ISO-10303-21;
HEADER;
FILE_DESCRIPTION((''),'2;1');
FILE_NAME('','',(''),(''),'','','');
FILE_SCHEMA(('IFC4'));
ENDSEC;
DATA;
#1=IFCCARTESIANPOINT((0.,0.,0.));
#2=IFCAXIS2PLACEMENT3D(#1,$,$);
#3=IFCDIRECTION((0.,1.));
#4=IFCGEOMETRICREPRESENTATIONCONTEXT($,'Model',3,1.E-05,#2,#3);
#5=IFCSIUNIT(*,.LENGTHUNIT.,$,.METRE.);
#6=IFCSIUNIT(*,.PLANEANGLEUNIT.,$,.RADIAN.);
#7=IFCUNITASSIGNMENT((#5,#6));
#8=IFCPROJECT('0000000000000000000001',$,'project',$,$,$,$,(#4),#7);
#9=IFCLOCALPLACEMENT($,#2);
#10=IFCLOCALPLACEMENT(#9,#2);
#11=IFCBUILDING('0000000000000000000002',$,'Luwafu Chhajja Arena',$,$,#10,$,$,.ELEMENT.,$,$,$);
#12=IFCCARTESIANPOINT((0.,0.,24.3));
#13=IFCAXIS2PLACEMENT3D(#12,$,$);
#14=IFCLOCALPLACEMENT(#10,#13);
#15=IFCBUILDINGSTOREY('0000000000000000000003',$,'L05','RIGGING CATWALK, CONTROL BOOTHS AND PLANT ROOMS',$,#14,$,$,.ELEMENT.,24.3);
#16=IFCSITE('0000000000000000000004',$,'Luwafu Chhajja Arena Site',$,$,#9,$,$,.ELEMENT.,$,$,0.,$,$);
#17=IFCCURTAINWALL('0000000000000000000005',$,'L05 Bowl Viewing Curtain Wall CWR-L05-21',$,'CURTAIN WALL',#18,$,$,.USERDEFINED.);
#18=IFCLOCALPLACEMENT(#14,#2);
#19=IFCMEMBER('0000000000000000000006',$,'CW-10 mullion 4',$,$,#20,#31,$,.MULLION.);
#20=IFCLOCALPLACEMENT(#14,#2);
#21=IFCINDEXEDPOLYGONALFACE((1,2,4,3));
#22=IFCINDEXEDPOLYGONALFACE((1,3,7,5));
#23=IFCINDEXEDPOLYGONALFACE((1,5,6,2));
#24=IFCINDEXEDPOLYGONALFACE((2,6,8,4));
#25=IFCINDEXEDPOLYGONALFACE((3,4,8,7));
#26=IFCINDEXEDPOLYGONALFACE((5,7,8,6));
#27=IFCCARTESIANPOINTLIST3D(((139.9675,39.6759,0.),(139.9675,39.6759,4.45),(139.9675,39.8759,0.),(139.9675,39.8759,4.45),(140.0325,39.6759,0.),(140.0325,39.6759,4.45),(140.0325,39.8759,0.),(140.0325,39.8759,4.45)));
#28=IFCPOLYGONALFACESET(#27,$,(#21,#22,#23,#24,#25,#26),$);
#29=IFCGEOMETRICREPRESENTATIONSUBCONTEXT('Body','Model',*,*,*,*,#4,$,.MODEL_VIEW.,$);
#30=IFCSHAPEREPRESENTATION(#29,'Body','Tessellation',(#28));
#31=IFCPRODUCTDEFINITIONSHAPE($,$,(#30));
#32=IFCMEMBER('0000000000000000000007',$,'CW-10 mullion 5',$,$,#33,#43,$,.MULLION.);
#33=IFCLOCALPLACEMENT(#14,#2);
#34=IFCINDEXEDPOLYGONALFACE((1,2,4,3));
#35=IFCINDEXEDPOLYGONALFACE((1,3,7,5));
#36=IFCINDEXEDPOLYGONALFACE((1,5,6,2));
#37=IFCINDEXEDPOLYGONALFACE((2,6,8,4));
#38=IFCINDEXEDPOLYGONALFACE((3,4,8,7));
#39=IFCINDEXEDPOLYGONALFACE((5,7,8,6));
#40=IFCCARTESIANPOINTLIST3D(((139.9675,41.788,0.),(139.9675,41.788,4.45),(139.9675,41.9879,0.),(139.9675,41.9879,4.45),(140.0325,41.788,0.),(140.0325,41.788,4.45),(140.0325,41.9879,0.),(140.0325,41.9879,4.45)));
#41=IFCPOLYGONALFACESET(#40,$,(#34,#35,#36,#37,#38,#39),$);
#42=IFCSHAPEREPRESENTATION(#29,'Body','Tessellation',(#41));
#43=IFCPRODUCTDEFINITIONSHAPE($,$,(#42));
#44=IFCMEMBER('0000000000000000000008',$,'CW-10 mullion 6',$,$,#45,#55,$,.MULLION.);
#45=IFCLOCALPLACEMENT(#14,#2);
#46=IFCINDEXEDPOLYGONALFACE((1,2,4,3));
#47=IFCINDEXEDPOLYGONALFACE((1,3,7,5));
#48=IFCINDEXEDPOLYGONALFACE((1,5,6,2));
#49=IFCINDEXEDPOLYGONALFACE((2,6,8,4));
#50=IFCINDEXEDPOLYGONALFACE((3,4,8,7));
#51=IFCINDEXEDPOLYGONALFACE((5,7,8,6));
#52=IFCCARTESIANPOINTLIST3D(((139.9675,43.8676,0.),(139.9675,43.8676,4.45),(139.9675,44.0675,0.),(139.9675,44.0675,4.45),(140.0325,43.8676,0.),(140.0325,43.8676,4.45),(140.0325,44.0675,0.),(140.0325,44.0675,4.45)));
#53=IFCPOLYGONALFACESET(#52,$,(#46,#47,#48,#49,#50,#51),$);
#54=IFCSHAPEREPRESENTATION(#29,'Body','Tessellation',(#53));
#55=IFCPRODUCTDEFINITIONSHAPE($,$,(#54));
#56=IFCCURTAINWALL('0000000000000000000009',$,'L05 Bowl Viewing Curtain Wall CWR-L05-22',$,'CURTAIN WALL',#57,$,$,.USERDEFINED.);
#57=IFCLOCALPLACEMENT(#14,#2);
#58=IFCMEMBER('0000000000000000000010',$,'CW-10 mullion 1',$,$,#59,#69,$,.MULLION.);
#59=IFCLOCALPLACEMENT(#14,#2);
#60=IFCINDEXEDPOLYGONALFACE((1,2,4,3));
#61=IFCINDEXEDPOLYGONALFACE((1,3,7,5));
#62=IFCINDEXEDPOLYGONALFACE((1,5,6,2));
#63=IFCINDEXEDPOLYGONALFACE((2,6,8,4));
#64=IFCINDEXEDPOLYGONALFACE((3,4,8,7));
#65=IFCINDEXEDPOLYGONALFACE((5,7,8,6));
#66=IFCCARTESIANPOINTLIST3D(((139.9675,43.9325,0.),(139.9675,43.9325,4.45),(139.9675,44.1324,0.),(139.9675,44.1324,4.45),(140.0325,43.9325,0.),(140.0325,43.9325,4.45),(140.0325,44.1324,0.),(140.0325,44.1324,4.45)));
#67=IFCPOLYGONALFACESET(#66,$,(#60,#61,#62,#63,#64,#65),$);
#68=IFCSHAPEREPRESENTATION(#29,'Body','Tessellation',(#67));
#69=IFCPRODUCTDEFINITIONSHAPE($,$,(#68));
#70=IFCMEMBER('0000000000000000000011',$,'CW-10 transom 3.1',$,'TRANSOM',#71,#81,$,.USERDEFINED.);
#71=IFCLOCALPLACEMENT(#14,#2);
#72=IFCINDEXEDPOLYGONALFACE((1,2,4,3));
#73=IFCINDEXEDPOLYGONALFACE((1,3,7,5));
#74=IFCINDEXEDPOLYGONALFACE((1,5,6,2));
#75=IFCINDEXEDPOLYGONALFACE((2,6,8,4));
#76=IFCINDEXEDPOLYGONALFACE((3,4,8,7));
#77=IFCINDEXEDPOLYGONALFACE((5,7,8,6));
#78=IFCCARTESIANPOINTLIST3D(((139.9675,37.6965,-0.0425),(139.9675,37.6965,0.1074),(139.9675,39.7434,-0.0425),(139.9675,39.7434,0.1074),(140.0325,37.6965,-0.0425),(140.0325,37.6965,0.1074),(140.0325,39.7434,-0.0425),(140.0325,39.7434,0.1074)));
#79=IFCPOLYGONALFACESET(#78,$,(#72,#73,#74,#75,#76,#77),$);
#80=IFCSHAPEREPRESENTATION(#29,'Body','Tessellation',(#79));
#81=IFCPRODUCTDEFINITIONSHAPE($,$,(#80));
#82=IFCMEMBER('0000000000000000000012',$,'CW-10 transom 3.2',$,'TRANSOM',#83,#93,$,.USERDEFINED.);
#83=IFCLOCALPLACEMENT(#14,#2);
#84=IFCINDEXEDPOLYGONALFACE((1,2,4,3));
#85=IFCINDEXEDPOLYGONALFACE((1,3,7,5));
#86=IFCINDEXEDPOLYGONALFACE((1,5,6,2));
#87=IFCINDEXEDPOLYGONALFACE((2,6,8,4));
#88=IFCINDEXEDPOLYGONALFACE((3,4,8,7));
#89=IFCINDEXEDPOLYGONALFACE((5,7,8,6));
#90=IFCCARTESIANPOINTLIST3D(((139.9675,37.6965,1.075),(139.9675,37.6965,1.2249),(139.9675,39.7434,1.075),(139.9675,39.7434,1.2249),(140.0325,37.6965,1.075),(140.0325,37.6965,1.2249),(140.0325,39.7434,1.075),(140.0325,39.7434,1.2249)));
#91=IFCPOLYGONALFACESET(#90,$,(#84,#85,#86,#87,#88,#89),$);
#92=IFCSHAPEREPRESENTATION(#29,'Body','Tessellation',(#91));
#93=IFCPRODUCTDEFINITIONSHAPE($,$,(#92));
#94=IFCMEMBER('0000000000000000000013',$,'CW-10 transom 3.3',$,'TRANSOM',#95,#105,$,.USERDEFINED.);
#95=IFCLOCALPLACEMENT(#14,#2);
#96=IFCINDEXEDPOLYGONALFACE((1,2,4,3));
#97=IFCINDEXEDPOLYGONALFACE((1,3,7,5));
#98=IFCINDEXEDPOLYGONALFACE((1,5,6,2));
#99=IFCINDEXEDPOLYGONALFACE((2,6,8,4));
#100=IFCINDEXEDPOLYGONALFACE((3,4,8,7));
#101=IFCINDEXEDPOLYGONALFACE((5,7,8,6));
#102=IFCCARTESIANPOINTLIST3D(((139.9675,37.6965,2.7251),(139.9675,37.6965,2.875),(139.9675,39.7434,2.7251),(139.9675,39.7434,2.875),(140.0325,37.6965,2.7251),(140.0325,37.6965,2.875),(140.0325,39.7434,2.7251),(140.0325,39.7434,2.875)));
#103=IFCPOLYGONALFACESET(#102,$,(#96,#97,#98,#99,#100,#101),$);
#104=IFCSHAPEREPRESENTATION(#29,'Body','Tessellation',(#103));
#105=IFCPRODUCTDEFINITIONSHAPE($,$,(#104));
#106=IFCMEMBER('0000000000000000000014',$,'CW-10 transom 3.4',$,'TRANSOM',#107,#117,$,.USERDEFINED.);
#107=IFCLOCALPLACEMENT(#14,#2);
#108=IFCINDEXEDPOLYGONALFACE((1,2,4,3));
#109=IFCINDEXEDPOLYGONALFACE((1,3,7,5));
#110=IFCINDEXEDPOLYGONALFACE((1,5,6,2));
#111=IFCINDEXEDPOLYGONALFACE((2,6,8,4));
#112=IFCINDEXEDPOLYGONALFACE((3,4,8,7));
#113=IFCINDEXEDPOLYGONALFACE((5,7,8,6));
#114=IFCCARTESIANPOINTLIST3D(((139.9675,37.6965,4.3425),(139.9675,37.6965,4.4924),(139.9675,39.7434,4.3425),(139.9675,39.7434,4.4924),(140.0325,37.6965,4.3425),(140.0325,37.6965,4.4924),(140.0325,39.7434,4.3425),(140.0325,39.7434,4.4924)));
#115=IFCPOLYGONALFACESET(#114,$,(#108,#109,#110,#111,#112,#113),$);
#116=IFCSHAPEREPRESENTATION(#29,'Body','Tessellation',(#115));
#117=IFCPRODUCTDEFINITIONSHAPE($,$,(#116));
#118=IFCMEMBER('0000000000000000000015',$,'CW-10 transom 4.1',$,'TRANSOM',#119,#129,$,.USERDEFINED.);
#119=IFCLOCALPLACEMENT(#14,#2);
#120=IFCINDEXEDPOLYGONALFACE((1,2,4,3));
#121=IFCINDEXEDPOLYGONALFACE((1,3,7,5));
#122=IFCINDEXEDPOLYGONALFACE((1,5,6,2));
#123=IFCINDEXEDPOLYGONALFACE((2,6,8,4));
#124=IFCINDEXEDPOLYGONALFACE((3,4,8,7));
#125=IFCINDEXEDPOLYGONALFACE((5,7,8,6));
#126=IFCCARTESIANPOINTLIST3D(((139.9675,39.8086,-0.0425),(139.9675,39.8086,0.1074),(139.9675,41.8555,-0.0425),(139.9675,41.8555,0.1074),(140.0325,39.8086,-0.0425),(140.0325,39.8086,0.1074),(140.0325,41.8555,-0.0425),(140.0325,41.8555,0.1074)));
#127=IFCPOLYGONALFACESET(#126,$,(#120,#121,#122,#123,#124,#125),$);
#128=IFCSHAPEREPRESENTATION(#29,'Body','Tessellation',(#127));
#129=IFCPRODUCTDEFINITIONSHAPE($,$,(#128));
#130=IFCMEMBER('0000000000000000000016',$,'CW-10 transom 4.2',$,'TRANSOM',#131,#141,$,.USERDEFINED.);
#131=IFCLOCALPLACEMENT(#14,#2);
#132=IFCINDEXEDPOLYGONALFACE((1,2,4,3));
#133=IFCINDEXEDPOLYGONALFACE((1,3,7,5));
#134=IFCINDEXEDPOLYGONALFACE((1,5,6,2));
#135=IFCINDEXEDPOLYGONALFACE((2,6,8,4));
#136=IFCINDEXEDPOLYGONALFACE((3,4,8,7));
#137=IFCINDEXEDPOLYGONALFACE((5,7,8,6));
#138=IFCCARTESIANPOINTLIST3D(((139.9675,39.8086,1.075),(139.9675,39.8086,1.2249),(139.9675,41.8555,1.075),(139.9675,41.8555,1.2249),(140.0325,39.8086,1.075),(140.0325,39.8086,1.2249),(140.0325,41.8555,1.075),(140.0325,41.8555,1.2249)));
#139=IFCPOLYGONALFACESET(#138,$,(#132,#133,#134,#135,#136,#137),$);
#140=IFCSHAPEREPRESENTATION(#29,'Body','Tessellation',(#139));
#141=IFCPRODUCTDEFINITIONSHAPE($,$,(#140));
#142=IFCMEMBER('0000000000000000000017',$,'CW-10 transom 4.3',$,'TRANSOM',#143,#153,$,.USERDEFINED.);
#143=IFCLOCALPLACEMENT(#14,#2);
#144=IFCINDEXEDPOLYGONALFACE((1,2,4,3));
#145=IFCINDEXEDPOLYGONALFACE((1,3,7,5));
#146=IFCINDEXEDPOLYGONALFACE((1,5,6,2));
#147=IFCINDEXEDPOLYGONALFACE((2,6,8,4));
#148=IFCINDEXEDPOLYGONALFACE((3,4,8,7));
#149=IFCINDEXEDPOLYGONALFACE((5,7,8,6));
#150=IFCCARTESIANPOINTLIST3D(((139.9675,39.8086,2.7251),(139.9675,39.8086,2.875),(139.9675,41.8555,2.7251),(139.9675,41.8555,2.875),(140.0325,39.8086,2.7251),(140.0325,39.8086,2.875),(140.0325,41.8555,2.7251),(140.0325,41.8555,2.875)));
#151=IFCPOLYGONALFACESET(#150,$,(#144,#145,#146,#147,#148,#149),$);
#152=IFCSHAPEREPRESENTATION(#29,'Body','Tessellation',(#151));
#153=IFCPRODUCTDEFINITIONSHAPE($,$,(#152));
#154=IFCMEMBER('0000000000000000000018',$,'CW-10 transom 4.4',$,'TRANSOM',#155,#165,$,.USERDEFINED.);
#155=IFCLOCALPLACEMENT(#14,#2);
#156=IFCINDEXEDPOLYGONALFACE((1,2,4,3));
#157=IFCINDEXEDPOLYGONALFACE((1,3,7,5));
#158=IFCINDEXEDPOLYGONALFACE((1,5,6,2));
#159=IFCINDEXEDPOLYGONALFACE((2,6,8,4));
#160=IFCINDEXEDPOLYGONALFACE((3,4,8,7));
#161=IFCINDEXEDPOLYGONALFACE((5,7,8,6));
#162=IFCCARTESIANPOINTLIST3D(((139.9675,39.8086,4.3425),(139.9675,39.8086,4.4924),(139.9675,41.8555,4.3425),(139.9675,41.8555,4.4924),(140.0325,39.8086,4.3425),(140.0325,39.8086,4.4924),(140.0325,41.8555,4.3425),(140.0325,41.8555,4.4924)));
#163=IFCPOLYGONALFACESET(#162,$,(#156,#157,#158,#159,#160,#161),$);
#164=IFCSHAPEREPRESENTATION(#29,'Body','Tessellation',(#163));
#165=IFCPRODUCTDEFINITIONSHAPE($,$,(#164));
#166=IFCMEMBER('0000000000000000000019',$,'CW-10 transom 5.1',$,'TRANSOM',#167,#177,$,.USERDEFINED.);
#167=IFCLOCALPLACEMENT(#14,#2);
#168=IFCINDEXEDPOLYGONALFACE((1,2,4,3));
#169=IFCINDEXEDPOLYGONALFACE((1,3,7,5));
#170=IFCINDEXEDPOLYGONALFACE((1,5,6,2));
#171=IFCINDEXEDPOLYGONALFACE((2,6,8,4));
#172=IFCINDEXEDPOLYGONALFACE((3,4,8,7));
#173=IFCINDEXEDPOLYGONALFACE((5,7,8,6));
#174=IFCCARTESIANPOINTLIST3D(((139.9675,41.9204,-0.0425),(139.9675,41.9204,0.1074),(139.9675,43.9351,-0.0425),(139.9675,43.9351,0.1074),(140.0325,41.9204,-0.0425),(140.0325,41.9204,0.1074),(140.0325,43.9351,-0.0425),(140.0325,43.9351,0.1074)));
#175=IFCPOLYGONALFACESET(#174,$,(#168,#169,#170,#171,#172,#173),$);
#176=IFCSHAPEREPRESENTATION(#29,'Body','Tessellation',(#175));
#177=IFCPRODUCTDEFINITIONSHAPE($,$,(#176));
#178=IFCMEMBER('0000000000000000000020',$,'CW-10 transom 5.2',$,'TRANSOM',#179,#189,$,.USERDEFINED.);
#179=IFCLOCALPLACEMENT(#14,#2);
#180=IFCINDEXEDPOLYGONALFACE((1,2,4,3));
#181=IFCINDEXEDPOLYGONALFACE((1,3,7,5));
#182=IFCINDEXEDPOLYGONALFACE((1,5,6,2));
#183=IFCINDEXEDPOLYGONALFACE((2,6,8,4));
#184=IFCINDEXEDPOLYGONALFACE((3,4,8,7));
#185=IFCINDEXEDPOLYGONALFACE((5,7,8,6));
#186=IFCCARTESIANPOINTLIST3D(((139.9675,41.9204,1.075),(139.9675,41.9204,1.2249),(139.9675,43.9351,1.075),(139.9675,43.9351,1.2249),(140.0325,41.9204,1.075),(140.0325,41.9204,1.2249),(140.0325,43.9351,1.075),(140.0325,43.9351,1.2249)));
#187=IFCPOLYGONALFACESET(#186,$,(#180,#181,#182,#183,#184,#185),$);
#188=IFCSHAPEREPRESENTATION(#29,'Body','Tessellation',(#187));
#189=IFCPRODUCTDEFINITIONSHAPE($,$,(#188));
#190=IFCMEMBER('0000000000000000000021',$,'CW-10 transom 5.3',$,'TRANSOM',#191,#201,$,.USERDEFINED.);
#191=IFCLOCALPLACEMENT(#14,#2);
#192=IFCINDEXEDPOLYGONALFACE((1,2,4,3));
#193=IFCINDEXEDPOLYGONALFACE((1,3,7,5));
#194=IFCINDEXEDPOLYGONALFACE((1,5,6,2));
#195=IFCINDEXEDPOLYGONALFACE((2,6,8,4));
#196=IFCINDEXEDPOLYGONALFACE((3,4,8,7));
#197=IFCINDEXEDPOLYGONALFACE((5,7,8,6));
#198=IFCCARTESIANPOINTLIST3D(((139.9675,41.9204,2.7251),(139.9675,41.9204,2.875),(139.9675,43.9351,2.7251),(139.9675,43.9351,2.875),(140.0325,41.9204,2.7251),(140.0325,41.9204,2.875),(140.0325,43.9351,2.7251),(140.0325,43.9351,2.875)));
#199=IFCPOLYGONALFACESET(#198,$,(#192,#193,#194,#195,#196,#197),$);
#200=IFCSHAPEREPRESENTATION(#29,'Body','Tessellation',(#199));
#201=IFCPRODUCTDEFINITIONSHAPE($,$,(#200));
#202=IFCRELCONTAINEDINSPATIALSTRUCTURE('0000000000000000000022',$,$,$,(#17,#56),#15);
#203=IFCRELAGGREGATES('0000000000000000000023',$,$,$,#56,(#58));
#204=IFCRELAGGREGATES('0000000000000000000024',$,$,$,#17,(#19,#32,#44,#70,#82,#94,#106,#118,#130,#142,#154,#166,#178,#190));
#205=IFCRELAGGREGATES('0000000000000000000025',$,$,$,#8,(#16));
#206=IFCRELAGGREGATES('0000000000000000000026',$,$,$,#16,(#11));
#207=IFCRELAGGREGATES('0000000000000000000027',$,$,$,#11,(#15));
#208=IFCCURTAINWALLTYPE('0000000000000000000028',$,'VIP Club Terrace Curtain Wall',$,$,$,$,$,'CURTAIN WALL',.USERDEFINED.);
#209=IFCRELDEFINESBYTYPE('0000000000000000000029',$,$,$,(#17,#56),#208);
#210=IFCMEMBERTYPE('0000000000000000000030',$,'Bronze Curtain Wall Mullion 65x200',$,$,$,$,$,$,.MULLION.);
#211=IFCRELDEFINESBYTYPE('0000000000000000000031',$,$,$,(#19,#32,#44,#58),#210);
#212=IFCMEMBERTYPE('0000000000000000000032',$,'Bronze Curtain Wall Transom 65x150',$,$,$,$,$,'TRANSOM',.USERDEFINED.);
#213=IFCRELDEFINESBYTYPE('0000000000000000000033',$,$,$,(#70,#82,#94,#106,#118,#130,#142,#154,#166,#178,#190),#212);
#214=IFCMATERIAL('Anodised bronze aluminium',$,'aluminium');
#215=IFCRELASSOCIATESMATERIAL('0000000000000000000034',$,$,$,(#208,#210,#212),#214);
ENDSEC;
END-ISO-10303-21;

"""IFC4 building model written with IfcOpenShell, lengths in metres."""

from ifc_helpers import new_model, si_unit, direction, frame, origin, origin_2d, place, context, subcontext, project, spatial, rectangle, extrude, material, material_profile, profile_set, type_object, element, aggregate, save


model = new_model("IFC4")

# Units and contexts
model_context = context("Model", 3, precision=1e-05, world=origin(), true_north=direction((0.0, 1.0)))
body_context = subcontext(model_context, "Body", "Model", "MODEL_VIEW")
ifc_project = project(units=[si_unit("LENGTHUNIT", "METRE"), si_unit("PLANEANGLEUNIT", "RADIAN")], contexts=[model_context])

# Site, building, storey
site_placement = place(None, origin())
site = spatial("IfcSite", under=ifc_project, at=site_placement, Name="Luwafu Chhajja Arena Site", CompositionType="ELEMENT", RefElevation=0.0)
building_placement = place(site_placement, origin())
building = spatial("IfcBuilding", under=site, at=building_placement, Name="Luwafu Chhajja Arena", CompositionType="ELEMENT")
storey_placement = place(building_placement, frame((0.0, 0.0, 24.3)))
storey = spatial("IfcBuildingStorey", under=building, at=storey_placement, Name="L05", Description="RIGGING CATWALK, CONTROL BOOTHS AND PLANT ROOMS", CompositionType="ELEMENT", Elevation=24.3)

# Curtain wall, members
ifc_material_1 = material(Name="Anodised bronze aluminium", Category="aluminium")
curtain_wall_type = type_object("IfcCurtainWallType", Name="VIP Club Terrace Curtain Wall", ElementType="CURTAIN WALL", PredefinedType="USERDEFINED", material=ifc_material_1)
curtain_wall_1_placement = place(storey_placement, origin())
curtain_wall_1 = element("IfcCurtainWall", 1, at=curtain_wall_1_placement, inside=storey, type_object=curtain_wall_type, Name="L05 Bowl Viewing Curtain Wall CWR-L05-21", ObjectType="CURTAIN WALL", PredefinedType="USERDEFINED")
ifc_material_profile_1 = material_profile(ifc_material_1, rectangle(XDim=0.0649, YDim=0.2, at=origin_2d()), Name="CWM 65x200")
ifc_profile_set_1 = profile_set([ifc_material_profile_1], Name="Anodised bronze aluminium")
member_type_1 = type_object("IfcMemberType", Name="Bronze Curtain Wall Mullion 65x200", PredefinedType="MULLION", material=ifc_profile_set_1)
member_1_placement = place(storey_placement, frame((140.0, 39.7759, 0.0), z_axis=(0.0, 0.0, 1.0), x_axis=(-1.0, 0.0, 0.0)))
member_1 = element("IfcMember", 2, at=member_1_placement, type_object=member_type_1, Name="CW-10 mullion 4", PredefinedType="MULLION", context=body_context, shape_type="SweptSolid", body=[
    extrude(rectangle(XDim=0.0649, YDim=0.2, at=origin_2d()), origin(), (0.0, 0.0, 1.0), 4.45),
])
member_2_placement = place(storey_placement, frame((140.0, 41.8879, 0.0), z_axis=(0.0, 0.0, 1.0), x_axis=(-1.0, 0.0, 0.0)))
member_2 = element("IfcMember", 3, at=member_2_placement, type_object=member_type_1, Name="CW-10 mullion 5", PredefinedType="MULLION", context=body_context, shape_type="SweptSolid", body=[
    extrude(rectangle(XDim=0.0649, YDim=0.2, at=origin_2d()), origin(), (0.0, 0.0, 1.0), 4.45),
])
member_3_placement = place(storey_placement, frame((140.0, 43.9675, 0.0), z_axis=(0.0, 0.0, 1.0), x_axis=(-1.0, 0.0, 0.0)))
member_3 = element("IfcMember", 4, at=member_3_placement, type_object=member_type_1, Name="CW-10 mullion 6", PredefinedType="MULLION", context=body_context, shape_type="SweptSolid", body=[
    extrude(rectangle(XDim=0.0649, YDim=0.2, at=origin_2d()), origin(), (0.0, 0.0, 1.0), 4.45),
])

# Curtain wall, member
curtain_wall_2_placement = place(storey_placement, origin())
curtain_wall_2 = element("IfcCurtainWall", 5, at=curtain_wall_2_placement, inside=storey, type_object=curtain_wall_type, Name="L05 Bowl Viewing Curtain Wall CWR-L05-22", ObjectType="CURTAIN WALL", PredefinedType="USERDEFINED")
member_4_placement = place(storey_placement, frame((140.0, 44.0325, 0.0), z_axis=(0.0, 0.0, 1.0), x_axis=(-1.0, 0.0, 0.0)))
member_4 = element("IfcMember", 6, at=member_4_placement, type_object=member_type_1, Name="CW-10 mullion 1", PredefinedType="MULLION", context=body_context, shape_type="SweptSolid", body=[
    extrude(rectangle(XDim=0.0649, YDim=0.2, at=origin_2d()), origin(), (0.0, 0.0, 1.0), 4.45),
])
aggregate(curtain_wall_2, [member_4])

# Members
ifc_material_profile_2 = material_profile(ifc_material_1, rectangle(XDim=0.0649, YDim=0.1499, at=origin_2d()), Name="CWT 65x150")
ifc_profile_set_2 = profile_set([ifc_material_profile_2], Name="Anodised bronze aluminium")
member_type_2 = type_object("IfcMemberType", Name="Bronze Curtain Wall Transom 65x150", ElementType="TRANSOM", PredefinedType="USERDEFINED", material=ifc_profile_set_2)
member_5_placement = place(storey_placement, frame((140.0, 37.6965, 0.0325), z_axis=(0.0, 1.0, 0.0), x_axis=(-1.0, 0.0, 0.0)))
member_5 = element("IfcMember", 7, at=member_5_placement, type_object=member_type_2, Name="CW-10 transom 3.1", ObjectType="TRANSOM", PredefinedType="USERDEFINED", context=body_context, shape_type="SweptSolid", body=[
    extrude(rectangle(XDim=0.0649, YDim=0.1499, at=origin_2d()), origin(), (0.0, 0.0, 1.0), 2.0469),
])
member_6_placement = place(storey_placement, frame((140.0, 37.6965, 1.1499), z_axis=(0.0, 1.0, 0.0), x_axis=(-1.0, 0.0, 0.0)))
member_6 = element("IfcMember", 8, at=member_6_placement, type_object=member_type_2, Name="CW-10 transom 3.2", ObjectType="TRANSOM", PredefinedType="USERDEFINED", context=body_context, shape_type="SweptSolid", body=[
    extrude(rectangle(XDim=0.0649, YDim=0.1499, at=origin_2d()), origin(), (0.0, 0.0, 1.0), 2.0469),
])
member_7_placement = place(storey_placement, frame((140.0, 37.6965, 2.8), z_axis=(0.0, 1.0, 0.0), x_axis=(-1.0, 0.0, 0.0)))
member_7 = element("IfcMember", 9, at=member_7_placement, type_object=member_type_2, Name="CW-10 transom 3.3", ObjectType="TRANSOM", PredefinedType="USERDEFINED", context=body_context, shape_type="SweptSolid", body=[
    extrude(rectangle(XDim=0.0649, YDim=0.1499, at=origin_2d()), origin(), (0.0, 0.0, 1.0), 2.0469),
])
member_8_placement = place(storey_placement, frame((140.0, 37.6965, 4.4175), z_axis=(0.0, 1.0, 0.0), x_axis=(-1.0, 0.0, 0.0)))
member_8 = element("IfcMember", 10, at=member_8_placement, type_object=member_type_2, Name="CW-10 transom 3.4", ObjectType="TRANSOM", PredefinedType="USERDEFINED", context=body_context, shape_type="SweptSolid", body=[
    extrude(rectangle(XDim=0.0649, YDim=0.1499, at=origin_2d()), origin(), (0.0, 0.0, 1.0), 2.0469),
])
member_9_placement = place(storey_placement, frame((140.0, 39.8086, 0.0325), z_axis=(0.0, 1.0, 0.0), x_axis=(-1.0, 0.0, 0.0)))
member_9 = element("IfcMember", 11, at=member_9_placement, type_object=member_type_2, Name="CW-10 transom 4.1", ObjectType="TRANSOM", PredefinedType="USERDEFINED", context=body_context, shape_type="SweptSolid", body=[
    extrude(rectangle(XDim=0.0649, YDim=0.1499, at=origin_2d()), origin(), (0.0, 0.0, 1.0), 2.0469),
])
member_10_placement = place(storey_placement, frame((140.0, 39.8086, 1.1499), z_axis=(0.0, 1.0, 0.0), x_axis=(-1.0, 0.0, 0.0)))
member_10 = element("IfcMember", 12, at=member_10_placement, type_object=member_type_2, Name="CW-10 transom 4.2", ObjectType="TRANSOM", PredefinedType="USERDEFINED", context=body_context, shape_type="SweptSolid", body=[
    extrude(rectangle(XDim=0.0649, YDim=0.1499, at=origin_2d()), origin(), (0.0, 0.0, 1.0), 2.0469),
])
member_11_placement = place(storey_placement, frame((140.0, 39.8086, 2.8), z_axis=(0.0, 1.0, 0.0), x_axis=(-1.0, 0.0, 0.0)))
member_11 = element("IfcMember", 13, at=member_11_placement, type_object=member_type_2, Name="CW-10 transom 4.3", ObjectType="TRANSOM", PredefinedType="USERDEFINED", context=body_context, shape_type="SweptSolid", body=[
    extrude(rectangle(XDim=0.0649, YDim=0.1499, at=origin_2d()), origin(), (0.0, 0.0, 1.0), 2.0469),
])
member_12_placement = place(storey_placement, frame((140.0, 39.8086, 4.4175), z_axis=(0.0, 1.0, 0.0), x_axis=(-1.0, 0.0, 0.0)))
member_12 = element("IfcMember", 14, at=member_12_placement, type_object=member_type_2, Name="CW-10 transom 4.4", ObjectType="TRANSOM", PredefinedType="USERDEFINED", context=body_context, shape_type="SweptSolid", body=[
    extrude(rectangle(XDim=0.0649, YDim=0.1499, at=origin_2d()), origin(), (0.0, 0.0, 1.0), 2.0469),
])
member_13_placement = place(storey_placement, frame((140.0, 41.9204, 0.0325), z_axis=(0.0, 1.0, 0.0), x_axis=(-1.0, 0.0, 0.0)))
member_13 = element("IfcMember", 15, at=member_13_placement, type_object=member_type_2, Name="CW-10 transom 5.1", ObjectType="TRANSOM", PredefinedType="USERDEFINED", context=body_context, shape_type="SweptSolid", body=[
    extrude(rectangle(XDim=0.0649, YDim=0.1499, at=origin_2d()), origin(), (0.0, 0.0, 1.0), 2.0146),
])
member_14_placement = place(storey_placement, frame((140.0, 41.9204, 1.1499), z_axis=(0.0, 1.0, 0.0), x_axis=(-1.0, 0.0, 0.0)))
member_14 = element("IfcMember", 16, at=member_14_placement, type_object=member_type_2, Name="CW-10 transom 5.2", ObjectType="TRANSOM", PredefinedType="USERDEFINED", context=body_context, shape_type="SweptSolid", body=[
    extrude(rectangle(XDim=0.0649, YDim=0.1499, at=origin_2d()), origin(), (0.0, 0.0, 1.0), 2.0146),
])
member_15_placement = place(storey_placement, frame((140.0, 41.9204, 2.8), z_axis=(0.0, 1.0, 0.0), x_axis=(-1.0, 0.0, 0.0)))
member_15 = element("IfcMember", 17, at=member_15_placement, type_object=member_type_2, Name="CW-10 transom 5.3", ObjectType="TRANSOM", PredefinedType="USERDEFINED", context=body_context, shape_type="SweptSolid", body=[
    extrude(rectangle(XDim=0.0649, YDim=0.1499, at=origin_2d()), origin(), (0.0, 0.0, 1.0), 2.0146),
])

aggregate(curtain_wall_1, [member_1, member_2, member_3, member_5, member_6, member_7, member_8, member_9, member_10, member_11, member_12, member_13, member_14, member_15])

save(model, "model.ifc")
